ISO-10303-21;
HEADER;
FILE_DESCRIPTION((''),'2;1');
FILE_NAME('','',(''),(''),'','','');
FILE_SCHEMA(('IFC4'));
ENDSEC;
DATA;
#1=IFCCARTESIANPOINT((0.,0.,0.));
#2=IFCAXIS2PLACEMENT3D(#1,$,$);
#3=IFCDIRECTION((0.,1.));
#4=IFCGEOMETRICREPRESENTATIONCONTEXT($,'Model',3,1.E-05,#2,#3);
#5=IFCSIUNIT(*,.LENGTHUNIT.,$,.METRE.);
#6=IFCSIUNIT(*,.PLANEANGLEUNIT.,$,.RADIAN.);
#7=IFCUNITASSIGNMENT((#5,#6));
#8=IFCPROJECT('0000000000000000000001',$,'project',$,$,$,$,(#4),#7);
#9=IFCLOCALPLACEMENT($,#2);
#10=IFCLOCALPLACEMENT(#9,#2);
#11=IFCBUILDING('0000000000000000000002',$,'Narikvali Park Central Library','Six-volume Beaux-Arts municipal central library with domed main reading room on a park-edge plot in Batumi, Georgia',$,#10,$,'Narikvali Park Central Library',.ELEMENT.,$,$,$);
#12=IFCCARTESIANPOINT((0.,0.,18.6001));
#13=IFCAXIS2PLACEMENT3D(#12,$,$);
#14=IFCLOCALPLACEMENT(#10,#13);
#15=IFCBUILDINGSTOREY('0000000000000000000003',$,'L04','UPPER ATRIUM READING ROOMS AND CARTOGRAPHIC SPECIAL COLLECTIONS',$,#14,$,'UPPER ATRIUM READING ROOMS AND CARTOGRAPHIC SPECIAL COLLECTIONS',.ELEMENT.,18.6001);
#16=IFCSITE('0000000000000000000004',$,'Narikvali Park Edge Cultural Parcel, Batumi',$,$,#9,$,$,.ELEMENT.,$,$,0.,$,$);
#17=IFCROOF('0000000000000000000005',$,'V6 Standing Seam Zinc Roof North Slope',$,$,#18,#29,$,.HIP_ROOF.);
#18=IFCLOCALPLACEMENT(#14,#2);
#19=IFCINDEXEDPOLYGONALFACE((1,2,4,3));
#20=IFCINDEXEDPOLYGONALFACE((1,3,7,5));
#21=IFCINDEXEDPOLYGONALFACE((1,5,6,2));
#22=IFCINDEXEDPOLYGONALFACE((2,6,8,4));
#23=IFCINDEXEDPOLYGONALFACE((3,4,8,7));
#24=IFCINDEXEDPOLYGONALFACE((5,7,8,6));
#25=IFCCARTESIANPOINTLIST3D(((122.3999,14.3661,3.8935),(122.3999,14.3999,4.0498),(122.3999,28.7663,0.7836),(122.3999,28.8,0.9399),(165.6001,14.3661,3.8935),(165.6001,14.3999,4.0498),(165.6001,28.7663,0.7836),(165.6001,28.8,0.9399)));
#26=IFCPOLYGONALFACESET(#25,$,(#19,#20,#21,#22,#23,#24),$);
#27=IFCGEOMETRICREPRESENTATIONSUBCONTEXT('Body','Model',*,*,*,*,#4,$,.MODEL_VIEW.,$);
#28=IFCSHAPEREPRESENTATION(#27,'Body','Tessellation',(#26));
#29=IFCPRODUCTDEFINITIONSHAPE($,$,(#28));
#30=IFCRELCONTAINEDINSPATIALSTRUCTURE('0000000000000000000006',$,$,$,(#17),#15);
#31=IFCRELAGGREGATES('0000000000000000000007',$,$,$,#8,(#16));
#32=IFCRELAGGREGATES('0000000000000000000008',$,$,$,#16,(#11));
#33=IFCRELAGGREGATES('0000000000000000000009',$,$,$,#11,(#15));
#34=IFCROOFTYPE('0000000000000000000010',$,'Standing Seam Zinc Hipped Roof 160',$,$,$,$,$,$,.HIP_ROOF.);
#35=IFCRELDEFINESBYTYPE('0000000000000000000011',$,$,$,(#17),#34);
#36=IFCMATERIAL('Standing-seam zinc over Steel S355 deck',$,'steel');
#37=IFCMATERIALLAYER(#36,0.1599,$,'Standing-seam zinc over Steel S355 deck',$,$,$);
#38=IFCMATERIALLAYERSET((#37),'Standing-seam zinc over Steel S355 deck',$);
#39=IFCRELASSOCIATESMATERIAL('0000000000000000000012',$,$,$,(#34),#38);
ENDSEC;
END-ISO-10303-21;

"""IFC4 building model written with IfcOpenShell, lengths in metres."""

from ifc_helpers import new_model, si_unit, direction, frame, origin, place, context, subcontext, project, spatial, polyline, outline, extrude, material, layer, layer_set, type_object, element, save


model = new_model("IFC4")

# Units and contexts
model_context = context("Model", 3, precision=1e-05, world=origin(), true_north=direction((0.0, 1.0)))
body_context = subcontext(model_context, "Body", "Model", "MODEL_VIEW")
ifc_project = project(units=[si_unit("LENGTHUNIT", "METRE"), si_unit("PLANEANGLEUNIT", "RADIAN")], contexts=[model_context])

# Site, building, storey
site_placement = place(None, origin())
site = spatial("IfcSite", under=ifc_project, at=site_placement, Name="Narikvali Park Edge Cultural Parcel, Batumi", CompositionType="ELEMENT", RefElevation=0.0)
building_placement = place(site_placement, origin())
building = spatial("IfcBuilding", under=site, at=building_placement, Name="Narikvali Park Central Library", Description="Six-volume Beaux-Arts municipal central library with domed main reading room on a park-edge plot in Batumi, Georgia", LongName="Narikvali Park Central Library", CompositionType="ELEMENT")
storey_placement = place(building_placement, frame((0.0, 0.0, 18.6001)))
storey = spatial("IfcBuildingStorey", under=building, at=storey_placement, Name="L04", Description="UPPER ATRIUM READING ROOMS AND CARTOGRAPHIC SPECIAL COLLECTIONS", LongName="UPPER ATRIUM READING ROOMS AND CARTOGRAPHIC SPECIAL COLLECTIONS", CompositionType="ELEMENT", Elevation=18.6001)

# Roof
ifc_material_1 = material(Name="Standing-seam zinc over Steel S355 deck", Category="steel")
ifc_layer_1 = layer(ifc_material_1, 0.1599, Name="Standing-seam zinc over Steel S355 deck")
ifc_layer_set_1 = layer_set([ifc_layer_1], Name="Standing-seam zinc over Steel S355 deck")
roof_type = type_object("IfcRoofType", Name="Standing Seam Zinc Hipped Roof 160", PredefinedType="HIP_ROOF", material=ifc_layer_set_1)
roof_1_placement = place(storey_placement, frame((122.3999, 14.3999, 4.0498), z_axis=(0.0, 0.211094, 0.977466), x_axis=(1.0, 0.0, 0.0)))
element("IfcRoof", 1, at=roof_1_placement, inside=storey, type_object=roof_type, Name="V6 Standing Seam Zinc Roof North Slope", PredefinedType="HIP_ROOF", context=body_context, shape_type="SweptSolid", body=[
    extrude(outline(polyline([(0.0, 0.0), (43.2002, 0.0), (43.2002, 14.7321), (0.0, 14.7321), (0.0, 0.0)])), origin(), (0.0, 0.0, -1.0), 0.1599),
])

save(model, "model.ifc")
